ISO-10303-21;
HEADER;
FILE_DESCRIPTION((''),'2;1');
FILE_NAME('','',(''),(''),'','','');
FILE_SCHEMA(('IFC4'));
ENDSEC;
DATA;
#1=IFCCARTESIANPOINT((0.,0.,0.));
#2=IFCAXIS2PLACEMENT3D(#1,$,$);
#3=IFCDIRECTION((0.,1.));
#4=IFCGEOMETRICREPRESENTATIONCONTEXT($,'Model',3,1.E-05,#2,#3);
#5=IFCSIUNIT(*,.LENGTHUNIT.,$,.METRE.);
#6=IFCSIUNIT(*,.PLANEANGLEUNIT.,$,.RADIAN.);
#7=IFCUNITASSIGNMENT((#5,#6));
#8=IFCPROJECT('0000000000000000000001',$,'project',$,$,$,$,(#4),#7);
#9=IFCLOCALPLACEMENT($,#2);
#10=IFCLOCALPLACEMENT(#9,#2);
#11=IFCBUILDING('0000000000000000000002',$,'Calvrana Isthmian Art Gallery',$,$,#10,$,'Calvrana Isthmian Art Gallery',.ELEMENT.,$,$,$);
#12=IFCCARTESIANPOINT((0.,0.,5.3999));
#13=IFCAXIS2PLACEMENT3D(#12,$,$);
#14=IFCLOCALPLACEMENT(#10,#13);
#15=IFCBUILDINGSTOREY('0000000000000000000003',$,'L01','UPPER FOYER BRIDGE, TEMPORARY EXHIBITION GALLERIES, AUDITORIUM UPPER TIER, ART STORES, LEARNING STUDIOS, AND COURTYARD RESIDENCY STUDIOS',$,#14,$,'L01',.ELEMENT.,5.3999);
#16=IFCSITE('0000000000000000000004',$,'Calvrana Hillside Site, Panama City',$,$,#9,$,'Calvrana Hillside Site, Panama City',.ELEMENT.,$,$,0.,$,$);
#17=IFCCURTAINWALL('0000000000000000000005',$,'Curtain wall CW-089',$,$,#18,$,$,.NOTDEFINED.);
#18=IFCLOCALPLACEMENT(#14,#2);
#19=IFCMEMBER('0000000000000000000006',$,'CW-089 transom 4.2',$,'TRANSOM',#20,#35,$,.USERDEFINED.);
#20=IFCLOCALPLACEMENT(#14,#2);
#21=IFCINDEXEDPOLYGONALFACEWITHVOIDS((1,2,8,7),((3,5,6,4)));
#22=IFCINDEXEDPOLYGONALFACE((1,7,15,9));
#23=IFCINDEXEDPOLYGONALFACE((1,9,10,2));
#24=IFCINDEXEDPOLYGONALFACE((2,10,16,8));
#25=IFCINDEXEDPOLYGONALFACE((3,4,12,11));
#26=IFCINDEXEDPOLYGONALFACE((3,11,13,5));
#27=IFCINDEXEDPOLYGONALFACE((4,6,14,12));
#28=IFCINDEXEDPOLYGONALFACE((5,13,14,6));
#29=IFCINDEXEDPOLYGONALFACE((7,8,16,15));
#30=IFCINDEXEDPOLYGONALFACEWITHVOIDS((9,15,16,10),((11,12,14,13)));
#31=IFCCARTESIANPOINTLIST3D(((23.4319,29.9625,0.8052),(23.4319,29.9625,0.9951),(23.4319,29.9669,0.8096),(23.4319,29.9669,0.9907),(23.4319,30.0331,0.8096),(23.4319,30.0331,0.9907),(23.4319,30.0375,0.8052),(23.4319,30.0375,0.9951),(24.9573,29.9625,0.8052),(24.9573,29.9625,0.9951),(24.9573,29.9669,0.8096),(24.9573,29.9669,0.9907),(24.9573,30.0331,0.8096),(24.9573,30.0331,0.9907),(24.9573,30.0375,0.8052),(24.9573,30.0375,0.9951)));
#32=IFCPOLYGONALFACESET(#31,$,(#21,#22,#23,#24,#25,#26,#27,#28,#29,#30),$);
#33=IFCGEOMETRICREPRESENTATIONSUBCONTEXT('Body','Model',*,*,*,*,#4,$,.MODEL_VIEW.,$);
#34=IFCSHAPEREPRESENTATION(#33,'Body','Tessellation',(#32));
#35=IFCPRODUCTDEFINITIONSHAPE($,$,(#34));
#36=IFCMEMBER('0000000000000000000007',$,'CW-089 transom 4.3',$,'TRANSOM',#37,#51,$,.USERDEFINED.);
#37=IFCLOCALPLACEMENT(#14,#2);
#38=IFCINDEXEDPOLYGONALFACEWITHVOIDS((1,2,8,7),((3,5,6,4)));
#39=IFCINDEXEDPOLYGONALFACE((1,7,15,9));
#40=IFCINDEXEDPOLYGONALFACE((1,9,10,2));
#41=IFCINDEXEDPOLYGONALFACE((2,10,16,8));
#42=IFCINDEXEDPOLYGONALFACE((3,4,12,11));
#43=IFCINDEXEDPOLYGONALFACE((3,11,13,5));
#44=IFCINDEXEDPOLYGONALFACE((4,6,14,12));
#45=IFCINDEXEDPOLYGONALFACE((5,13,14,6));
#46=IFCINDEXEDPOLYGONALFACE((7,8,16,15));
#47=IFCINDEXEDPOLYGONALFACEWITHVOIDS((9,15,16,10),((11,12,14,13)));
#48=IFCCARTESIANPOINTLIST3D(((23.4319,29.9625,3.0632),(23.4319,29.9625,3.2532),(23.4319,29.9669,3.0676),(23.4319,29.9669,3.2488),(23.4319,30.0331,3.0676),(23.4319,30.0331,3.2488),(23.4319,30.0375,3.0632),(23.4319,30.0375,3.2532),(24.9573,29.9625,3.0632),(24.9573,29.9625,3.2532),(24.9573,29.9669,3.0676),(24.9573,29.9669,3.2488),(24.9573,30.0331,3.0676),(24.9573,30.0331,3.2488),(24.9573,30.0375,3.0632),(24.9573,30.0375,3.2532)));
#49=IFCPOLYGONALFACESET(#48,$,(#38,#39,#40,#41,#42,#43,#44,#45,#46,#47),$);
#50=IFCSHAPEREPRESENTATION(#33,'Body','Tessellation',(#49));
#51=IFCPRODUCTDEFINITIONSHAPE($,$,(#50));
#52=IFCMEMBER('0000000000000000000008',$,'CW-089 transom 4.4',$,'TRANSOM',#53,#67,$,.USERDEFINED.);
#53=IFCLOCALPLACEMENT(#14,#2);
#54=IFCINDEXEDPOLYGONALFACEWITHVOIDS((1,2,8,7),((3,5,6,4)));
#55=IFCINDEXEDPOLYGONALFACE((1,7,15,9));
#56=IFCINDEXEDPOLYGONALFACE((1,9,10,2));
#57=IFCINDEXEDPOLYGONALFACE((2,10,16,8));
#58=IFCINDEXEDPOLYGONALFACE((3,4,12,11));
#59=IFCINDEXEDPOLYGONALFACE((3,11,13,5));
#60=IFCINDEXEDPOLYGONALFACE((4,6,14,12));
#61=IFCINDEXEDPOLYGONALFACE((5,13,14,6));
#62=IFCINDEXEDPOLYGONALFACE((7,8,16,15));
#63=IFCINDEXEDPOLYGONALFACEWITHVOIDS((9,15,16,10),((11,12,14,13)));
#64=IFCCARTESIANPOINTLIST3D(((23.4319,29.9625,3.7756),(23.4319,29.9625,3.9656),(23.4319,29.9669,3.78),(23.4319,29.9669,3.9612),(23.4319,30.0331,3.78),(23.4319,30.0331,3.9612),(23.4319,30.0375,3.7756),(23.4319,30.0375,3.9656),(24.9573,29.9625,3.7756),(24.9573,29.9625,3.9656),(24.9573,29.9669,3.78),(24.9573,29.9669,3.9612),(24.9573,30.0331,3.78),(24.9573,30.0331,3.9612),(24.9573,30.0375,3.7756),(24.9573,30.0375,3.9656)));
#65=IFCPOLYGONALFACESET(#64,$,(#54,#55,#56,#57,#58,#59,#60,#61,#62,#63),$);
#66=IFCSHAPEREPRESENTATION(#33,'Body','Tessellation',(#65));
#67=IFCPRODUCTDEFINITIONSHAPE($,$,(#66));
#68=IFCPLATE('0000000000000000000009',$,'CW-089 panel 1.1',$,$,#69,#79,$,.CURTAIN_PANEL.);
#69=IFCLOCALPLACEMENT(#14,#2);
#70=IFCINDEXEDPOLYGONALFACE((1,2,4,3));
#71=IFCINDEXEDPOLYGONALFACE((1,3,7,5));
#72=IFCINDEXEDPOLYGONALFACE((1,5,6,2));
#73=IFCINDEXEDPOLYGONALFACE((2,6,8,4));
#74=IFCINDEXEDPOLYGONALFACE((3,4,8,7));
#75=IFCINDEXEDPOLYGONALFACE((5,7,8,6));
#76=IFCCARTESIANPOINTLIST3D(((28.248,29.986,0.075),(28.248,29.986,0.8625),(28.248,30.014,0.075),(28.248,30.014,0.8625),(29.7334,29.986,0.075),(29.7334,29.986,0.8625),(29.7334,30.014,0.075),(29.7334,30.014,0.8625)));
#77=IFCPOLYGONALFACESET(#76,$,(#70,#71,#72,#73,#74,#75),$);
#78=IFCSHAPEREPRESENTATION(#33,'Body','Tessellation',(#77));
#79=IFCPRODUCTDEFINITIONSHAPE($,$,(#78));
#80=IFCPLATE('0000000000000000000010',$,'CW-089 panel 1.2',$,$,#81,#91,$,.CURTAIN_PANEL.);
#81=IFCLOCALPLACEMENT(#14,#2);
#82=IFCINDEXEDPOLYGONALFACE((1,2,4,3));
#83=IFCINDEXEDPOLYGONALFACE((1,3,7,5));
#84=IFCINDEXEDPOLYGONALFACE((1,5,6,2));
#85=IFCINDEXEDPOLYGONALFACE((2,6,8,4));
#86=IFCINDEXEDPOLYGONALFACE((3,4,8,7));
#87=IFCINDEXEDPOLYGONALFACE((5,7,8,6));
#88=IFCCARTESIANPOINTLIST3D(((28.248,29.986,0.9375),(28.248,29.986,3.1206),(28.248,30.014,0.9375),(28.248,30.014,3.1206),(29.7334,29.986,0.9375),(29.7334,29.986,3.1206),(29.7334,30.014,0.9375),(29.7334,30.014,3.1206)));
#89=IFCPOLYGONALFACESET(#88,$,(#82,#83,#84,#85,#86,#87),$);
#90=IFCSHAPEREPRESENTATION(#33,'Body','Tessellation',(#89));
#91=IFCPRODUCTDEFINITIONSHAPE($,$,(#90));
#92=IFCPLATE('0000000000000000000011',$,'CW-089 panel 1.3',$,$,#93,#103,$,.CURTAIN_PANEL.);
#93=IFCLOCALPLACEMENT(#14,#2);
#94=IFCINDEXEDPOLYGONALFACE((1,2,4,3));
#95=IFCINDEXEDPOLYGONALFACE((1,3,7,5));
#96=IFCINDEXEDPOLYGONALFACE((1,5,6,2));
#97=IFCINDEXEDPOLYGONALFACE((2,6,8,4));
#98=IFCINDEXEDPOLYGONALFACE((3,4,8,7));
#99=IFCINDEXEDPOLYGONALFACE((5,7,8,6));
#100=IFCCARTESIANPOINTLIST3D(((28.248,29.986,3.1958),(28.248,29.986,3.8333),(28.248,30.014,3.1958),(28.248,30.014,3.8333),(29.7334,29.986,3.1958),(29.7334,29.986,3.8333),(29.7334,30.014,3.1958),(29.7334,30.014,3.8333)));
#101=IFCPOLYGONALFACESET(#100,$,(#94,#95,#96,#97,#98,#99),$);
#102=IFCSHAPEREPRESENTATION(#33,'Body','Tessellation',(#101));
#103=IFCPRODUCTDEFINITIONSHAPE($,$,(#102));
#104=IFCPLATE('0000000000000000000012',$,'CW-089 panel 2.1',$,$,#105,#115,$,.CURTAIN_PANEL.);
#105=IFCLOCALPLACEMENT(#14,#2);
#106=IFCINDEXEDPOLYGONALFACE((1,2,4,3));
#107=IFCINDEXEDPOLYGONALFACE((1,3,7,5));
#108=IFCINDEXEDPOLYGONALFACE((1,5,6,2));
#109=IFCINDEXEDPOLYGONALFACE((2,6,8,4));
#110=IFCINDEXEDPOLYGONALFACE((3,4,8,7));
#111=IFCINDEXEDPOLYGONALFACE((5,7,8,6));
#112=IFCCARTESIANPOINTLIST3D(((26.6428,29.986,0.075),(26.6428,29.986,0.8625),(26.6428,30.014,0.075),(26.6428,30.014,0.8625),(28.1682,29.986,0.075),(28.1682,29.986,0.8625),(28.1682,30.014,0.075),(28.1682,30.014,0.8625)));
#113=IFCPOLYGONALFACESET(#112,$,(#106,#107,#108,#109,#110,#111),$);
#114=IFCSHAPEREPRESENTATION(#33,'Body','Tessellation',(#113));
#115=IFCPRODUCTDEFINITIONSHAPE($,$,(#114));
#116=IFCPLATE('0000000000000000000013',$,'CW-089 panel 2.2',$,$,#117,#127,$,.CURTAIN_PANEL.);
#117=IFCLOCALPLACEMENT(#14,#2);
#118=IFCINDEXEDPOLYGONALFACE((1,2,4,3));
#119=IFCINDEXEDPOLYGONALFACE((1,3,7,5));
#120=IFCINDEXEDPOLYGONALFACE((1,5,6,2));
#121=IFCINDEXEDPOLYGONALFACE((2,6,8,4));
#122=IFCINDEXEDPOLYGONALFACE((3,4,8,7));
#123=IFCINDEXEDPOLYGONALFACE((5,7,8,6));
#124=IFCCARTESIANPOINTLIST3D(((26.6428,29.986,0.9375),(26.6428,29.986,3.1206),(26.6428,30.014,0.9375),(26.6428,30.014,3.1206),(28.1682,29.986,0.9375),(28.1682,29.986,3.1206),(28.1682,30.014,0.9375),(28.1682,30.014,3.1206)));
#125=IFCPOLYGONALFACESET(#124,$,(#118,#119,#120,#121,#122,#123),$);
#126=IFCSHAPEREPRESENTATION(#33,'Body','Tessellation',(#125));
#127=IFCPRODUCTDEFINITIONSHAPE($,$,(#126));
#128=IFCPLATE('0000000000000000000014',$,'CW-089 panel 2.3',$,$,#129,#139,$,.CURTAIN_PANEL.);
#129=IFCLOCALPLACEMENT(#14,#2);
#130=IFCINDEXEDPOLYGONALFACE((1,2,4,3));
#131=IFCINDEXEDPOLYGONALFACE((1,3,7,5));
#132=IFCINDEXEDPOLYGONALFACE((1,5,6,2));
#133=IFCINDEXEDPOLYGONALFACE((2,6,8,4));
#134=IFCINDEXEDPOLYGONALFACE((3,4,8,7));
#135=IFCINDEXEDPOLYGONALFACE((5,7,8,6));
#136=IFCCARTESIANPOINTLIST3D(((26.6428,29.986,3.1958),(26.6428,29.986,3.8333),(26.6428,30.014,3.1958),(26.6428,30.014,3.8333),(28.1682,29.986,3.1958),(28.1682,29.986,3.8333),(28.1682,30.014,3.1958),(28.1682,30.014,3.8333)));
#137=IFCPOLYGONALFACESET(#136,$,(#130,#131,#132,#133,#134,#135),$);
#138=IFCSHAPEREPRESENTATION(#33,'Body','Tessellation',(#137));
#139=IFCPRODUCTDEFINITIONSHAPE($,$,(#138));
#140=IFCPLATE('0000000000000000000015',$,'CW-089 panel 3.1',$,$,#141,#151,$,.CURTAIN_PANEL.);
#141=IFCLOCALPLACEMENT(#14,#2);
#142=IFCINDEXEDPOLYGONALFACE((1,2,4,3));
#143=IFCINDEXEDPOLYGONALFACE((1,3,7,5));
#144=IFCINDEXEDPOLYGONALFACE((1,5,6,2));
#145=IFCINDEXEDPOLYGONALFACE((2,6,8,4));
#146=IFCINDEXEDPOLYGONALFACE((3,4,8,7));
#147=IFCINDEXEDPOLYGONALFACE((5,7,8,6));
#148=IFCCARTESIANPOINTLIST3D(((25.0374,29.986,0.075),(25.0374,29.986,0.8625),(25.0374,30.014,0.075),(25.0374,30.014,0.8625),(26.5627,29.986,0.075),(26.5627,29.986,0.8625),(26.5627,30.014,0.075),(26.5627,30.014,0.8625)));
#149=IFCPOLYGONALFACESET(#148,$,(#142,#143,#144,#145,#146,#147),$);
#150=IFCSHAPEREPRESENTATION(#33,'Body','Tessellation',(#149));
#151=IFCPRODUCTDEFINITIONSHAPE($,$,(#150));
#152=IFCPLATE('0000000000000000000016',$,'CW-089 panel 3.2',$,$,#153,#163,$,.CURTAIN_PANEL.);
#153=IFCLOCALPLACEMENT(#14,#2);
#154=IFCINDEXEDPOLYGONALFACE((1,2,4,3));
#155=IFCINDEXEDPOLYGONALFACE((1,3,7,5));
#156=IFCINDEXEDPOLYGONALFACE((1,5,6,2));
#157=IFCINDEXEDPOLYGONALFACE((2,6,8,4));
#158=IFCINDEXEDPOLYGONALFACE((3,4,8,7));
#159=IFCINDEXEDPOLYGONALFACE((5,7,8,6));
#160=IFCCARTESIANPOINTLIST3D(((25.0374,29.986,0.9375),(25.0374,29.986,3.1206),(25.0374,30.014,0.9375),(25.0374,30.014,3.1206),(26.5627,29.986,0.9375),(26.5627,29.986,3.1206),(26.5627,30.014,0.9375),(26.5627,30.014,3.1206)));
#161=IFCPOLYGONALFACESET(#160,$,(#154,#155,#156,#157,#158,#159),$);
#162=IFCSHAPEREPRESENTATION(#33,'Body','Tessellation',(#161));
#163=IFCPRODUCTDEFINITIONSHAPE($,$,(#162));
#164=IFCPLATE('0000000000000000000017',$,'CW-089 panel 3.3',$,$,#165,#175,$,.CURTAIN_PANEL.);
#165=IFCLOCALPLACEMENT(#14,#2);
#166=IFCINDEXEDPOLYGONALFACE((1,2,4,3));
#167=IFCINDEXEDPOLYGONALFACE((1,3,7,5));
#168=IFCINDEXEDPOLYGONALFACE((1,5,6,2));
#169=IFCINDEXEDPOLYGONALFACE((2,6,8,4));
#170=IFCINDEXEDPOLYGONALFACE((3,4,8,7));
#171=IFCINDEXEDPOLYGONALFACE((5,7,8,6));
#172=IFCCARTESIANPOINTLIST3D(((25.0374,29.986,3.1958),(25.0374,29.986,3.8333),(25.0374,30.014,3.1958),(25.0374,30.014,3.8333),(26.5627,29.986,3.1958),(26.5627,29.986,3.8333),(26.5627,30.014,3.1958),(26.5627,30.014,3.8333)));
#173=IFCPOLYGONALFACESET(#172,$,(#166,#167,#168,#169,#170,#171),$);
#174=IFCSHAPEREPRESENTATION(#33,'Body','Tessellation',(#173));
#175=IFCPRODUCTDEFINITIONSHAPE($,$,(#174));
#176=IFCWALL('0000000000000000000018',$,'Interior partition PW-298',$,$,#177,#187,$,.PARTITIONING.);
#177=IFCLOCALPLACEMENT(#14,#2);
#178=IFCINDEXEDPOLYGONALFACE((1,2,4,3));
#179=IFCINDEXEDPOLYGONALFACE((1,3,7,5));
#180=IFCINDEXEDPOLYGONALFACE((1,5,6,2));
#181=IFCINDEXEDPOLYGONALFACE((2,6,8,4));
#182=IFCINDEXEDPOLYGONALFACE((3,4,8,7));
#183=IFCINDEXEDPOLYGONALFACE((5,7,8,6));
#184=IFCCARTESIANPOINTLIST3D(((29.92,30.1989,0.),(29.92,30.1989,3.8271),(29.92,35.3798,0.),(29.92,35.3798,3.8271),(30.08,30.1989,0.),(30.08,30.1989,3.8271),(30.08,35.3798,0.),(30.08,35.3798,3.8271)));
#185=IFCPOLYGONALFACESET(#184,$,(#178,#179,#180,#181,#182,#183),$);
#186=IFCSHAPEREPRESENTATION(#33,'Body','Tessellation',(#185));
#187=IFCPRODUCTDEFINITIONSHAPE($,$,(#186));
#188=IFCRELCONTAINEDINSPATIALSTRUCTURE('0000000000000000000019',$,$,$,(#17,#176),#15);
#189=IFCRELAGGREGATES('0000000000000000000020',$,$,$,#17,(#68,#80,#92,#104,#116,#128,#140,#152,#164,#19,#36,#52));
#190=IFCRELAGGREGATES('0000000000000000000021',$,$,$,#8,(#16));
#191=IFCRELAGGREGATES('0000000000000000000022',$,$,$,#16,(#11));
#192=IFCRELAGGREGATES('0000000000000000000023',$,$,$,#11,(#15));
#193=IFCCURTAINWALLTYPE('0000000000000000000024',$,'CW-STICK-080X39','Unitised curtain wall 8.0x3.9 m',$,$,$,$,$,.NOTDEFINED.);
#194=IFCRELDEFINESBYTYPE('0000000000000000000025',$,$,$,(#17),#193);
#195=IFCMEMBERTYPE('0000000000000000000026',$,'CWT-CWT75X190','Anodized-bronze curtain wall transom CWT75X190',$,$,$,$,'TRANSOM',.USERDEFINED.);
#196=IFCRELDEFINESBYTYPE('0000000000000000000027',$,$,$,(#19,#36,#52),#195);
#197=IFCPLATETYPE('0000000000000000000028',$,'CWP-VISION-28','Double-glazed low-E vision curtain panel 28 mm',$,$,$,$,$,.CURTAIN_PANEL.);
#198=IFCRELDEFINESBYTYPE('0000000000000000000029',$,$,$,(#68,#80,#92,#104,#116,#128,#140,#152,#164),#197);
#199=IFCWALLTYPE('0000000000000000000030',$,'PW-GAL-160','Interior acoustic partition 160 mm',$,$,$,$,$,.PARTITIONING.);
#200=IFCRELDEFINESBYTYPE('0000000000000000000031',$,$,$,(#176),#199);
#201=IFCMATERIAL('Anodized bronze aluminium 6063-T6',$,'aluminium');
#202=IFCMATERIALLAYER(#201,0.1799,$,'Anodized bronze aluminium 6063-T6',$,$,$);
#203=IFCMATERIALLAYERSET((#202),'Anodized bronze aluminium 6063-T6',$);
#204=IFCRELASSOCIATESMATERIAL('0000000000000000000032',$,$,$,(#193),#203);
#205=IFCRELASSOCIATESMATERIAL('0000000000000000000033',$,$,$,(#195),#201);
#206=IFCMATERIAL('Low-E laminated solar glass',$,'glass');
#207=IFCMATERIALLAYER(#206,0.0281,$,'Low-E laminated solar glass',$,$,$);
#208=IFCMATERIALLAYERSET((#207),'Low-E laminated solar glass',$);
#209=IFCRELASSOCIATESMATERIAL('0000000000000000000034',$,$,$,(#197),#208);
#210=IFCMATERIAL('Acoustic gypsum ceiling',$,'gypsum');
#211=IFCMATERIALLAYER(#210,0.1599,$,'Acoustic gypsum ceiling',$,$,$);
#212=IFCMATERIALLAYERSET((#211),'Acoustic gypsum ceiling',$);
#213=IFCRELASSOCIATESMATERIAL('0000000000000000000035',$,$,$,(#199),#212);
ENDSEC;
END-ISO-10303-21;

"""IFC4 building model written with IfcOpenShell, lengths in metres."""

from ifc_helpers import new_model, si_unit, direction, frame, frame_2d, origin, origin_2d, place, context, subcontext, project, spatial, rectangle, hollow_rectangle, extrude, material, layer, layer_set, material_profile, profile_set, type_object, element, aggregate, save


model = new_model("IFC4")

# Units and contexts
model_context = context("Model", 3, precision=1e-05, world=origin(), true_north=direction((0.0, 1.0)))
body_context = subcontext(model_context, "Body", "Model", "MODEL_VIEW")
ifc_project = project(units=[si_unit("LENGTHUNIT", "METRE"), si_unit("PLANEANGLEUNIT", "RADIAN")], contexts=[model_context])

# Site, building, storey
site_placement = place(None, origin())
site = spatial("IfcSite", under=ifc_project, at=site_placement, Name="Calvrana Hillside Site, Panama City", LongName="Calvrana Hillside Site, Panama City", CompositionType="ELEMENT", RefElevation=0.0)
building_placement = place(site_placement, origin())
building = spatial("IfcBuilding", under=site, at=building_placement, Name="Calvrana Isthmian Art Gallery", LongName="Calvrana Isthmian Art Gallery", CompositionType="ELEMENT")
storey_placement = place(building_placement, frame((0.0, 0.0, 5.3999)))
storey = spatial("IfcBuildingStorey", under=building, at=storey_placement, Name="L01", Description="UPPER FOYER BRIDGE, TEMPORARY EXHIBITION GALLERIES, AUDITORIUM UPPER TIER, ART STORES, LEARNING STUDIOS, AND COURTYARD RESIDENCY STUDIOS", LongName="L01", CompositionType="ELEMENT", Elevation=5.3999)

# Curtain wall, members, plates
ifc_material_1 = material(Name="Anodized bronze aluminium 6063-T6", Category="aluminium")
ifc_layer_1 = layer(ifc_material_1, 0.1799, Name="Anodized bronze aluminium 6063-T6")
ifc_layer_set_1 = layer_set([ifc_layer_1], Name="Anodized bronze aluminium 6063-T6")
curtain_wall_type = type_object("IfcCurtainWallType", Name="CW-STICK-080X39", Description="Unitised curtain wall 8.0x3.9 m", PredefinedType="NOTDEFINED", material=ifc_layer_set_1)
curtain_wall_placement = place(storey_placement, origin())
curtain_wall = element("IfcCurtainWall", 1, at=curtain_wall_placement, inside=storey, type_object=curtain_wall_type, Name="Curtain wall CW-089", PredefinedType="NOTDEFINED")
ifc_material_profile_1 = material_profile(ifc_material_1, hollow_rectangle(XDim=0.075, YDim=0.1899, WallThickness=0.0044, at=origin_2d()), Name="CWT75X190")
ifc_profile_set_1 = profile_set([ifc_material_profile_1], Name="Anodized bronze aluminium 6063-T6")
member_type_1 = type_object("IfcMemberType", Name="CWT-CWT75X190", Description="Anodized-bronze curtain wall transom CWT75X190", ElementType="TRANSOM", PredefinedType="USERDEFINED", material=ifc_profile_set_1)
member_1_placement = place(storey_placement, frame((24.9573, 30.0, 0.9001), z_axis=(-1.0, 0.0, 0.0), x_axis=(0.0, -1.0, 0.0)))
member_1 = element("IfcMember", 2, at=member_1_placement, type_object=member_type_1, Name="CW-089 transom 4.2", ObjectType="TRANSOM", PredefinedType="USERDEFINED", context=body_context, shape_type="SweptSolid", body=[
    extrude(hollow_rectangle(XDim=0.075, YDim=0.1899, WallThickness=0.0044, at=origin_2d()), origin(), (0.0, 0.0, 1.0), 1.5254),
])
member_2_placement = place(storey_placement, frame((24.9573, 30.0, 3.1582), z_axis=(-1.0, 0.0, 0.0), x_axis=(0.0, -1.0, 0.0)))
member_2 = element("IfcMember", 3, at=member_2_placement, type_object=member_type_1, Name="CW-089 transom 4.3", ObjectType="TRANSOM", PredefinedType="USERDEFINED", context=body_context, shape_type="SweptSolid", body=[
    extrude(hollow_rectangle(XDim=0.075, YDim=0.1899, WallThickness=0.0044, at=origin_2d()), origin(), (0.0, 0.0, 1.0), 1.5254),
])
member_3_placement = place(storey_placement, frame((24.9573, 30.0, 3.8706), z_axis=(-1.0, 0.0, 0.0), x_axis=(0.0, -1.0, 0.0)))
member_3 = element("IfcMember", 4, at=member_3_placement, type_object=member_type_1, Name="CW-089 transom 4.4", ObjectType="TRANSOM", PredefinedType="USERDEFINED", context=body_context, shape_type="SweptSolid", body=[
    extrude(hollow_rectangle(XDim=0.075, YDim=0.1899, WallThickness=0.0044, at=origin_2d()), origin(), (0.0, 0.0, 1.0), 1.5254),
])
ifc_material_2 = material(Name="Low-E laminated solar glass", Category="glass")
ifc_layer_2 = layer(ifc_material_2, 0.0281, Name="Low-E laminated solar glass")
ifc_layer_set_2 = layer_set([ifc_layer_2], Name="Low-E laminated solar glass")
plate_type = type_object("IfcPlateType", Name="CWP-VISION-28", Description="Double-glazed low-E vision curtain panel 28 mm", PredefinedType="CURTAIN_PANEL", material=ifc_layer_set_2)
plate_1_placement = place(storey_placement, frame((28.9907, 30.0, 0.075), z_axis=(0.0, 0.0, 1.0), x_axis=(-1.0, 0.0, 0.0)))
plate_1 = element("IfcPlate", 5, at=plate_1_placement, type_object=plate_type, Name="CW-089 panel 1.1", PredefinedType="CURTAIN_PANEL", context=body_context, shape_type="SweptSolid", body=[
    extrude(rectangle(XDim=1.4854, YDim=0.0281, at=origin_2d()), origin(), (0.0, 0.0, 1.0), 0.7876),
])
plate_2_placement = place(storey_placement, frame((28.9907, 30.0, 0.9375), z_axis=(0.0, 0.0, 1.0), x_axis=(-1.0, 0.0, 0.0)))
plate_2 = element("IfcPlate", 6, at=plate_2_placement, type_object=plate_type, Name="CW-089 panel 1.2", PredefinedType="CURTAIN_PANEL", context=body_context, shape_type="SweptSolid", body=[
    extrude(rectangle(XDim=1.4854, YDim=0.0281, at=origin_2d()), origin(), (0.0, 0.0, 1.0), 2.1831),
])
plate_3_placement = place(storey_placement, frame((28.9907, 30.0, 3.1958), z_axis=(0.0, 0.0, 1.0), x_axis=(-1.0, 0.0, 0.0)))
plate_3 = element("IfcPlate", 7, at=plate_3_placement, type_object=plate_type, Name="CW-089 panel 1.3", PredefinedType="CURTAIN_PANEL", context=body_context, shape_type="SweptSolid", body=[
    extrude(rectangle(XDim=1.4854, YDim=0.0281, at=origin_2d()), origin(), (0.0, 0.0, 1.0), 0.6375),
])
plate_4_placement = place(storey_placement, frame((27.4055, 30.0, 0.075), z_axis=(0.0, 0.0, 1.0), x_axis=(-1.0, 0.0, 0.0)))
plate_4 = element("IfcPlate", 8, at=plate_4_placement, type_object=plate_type, Name="CW-089 panel 2.1", PredefinedType="CURTAIN_PANEL", context=body_context, shape_type="SweptSolid", body=[
    extrude(rectangle(XDim=1.5254, YDim=0.0281, at=origin_2d()), origin(), (0.0, 0.0, 1.0), 0.7876),
])
plate_5_placement = place(storey_placement, frame((27.4055, 30.0, 0.9375), z_axis=(0.0, 0.0, 1.0), x_axis=(-1.0, 0.0, 0.0)))
plate_5 = element("IfcPlate", 9, at=plate_5_placement, type_object=plate_type, Name="CW-089 panel 2.2", PredefinedType="CURTAIN_PANEL", context=body_context, shape_type="SweptSolid", body=[
    extrude(rectangle(XDim=1.5254, YDim=0.0281, at=origin_2d()), origin(), (0.0, 0.0, 1.0), 2.1831),
])
plate_6_placement = place(storey_placement, frame((27.4055, 30.0, 3.1958), z_axis=(0.0, 0.0, 1.0), x_axis=(-1.0, 0.0, 0.0)))
plate_6 = element("IfcPlate", 10, at=plate_6_placement, type_object=plate_type, Name="CW-089 panel 2.3", PredefinedType="CURTAIN_PANEL", context=body_context, shape_type="SweptSolid", body=[
    extrude(rectangle(XDim=1.5254, YDim=0.0281, at=origin_2d()), origin(), (0.0, 0.0, 1.0), 0.6375),
])
plate_7_placement = place(storey_placement, frame((25.8, 30.0, 0.075), z_axis=(0.0, 0.0, 1.0), x_axis=(-1.0, 0.0, 0.0)))
plate_7 = element("IfcPlate", 11, at=plate_7_placement, type_object=plate_type, Name="CW-089 panel 3.1", PredefinedType="CURTAIN_PANEL", context=body_context, shape_type="SweptSolid", body=[
    extrude(rectangle(XDim=1.5254, YDim=0.0281, at=origin_2d()), origin(), (0.0, 0.0, 1.0), 0.7876),
])
plate_8_placement = place(storey_placement, frame((25.8, 30.0, 0.9375), z_axis=(0.0, 0.0, 1.0), x_axis=(-1.0, 0.0, 0.0)))
plate_8 = element("IfcPlate", 12, at=plate_8_placement, type_object=plate_type, Name="CW-089 panel 3.2", PredefinedType="CURTAIN_PANEL", context=body_context, shape_type="SweptSolid", body=[
    extrude(rectangle(XDim=1.5254, YDim=0.0281, at=origin_2d()), origin(), (0.0, 0.0, 1.0), 2.1831),
])
plate_9_placement = place(storey_placement, frame((25.8, 30.0, 3.1958), z_axis=(0.0, 0.0, 1.0), x_axis=(-1.0, 0.0, 0.0)))
plate_9 = element("IfcPlate", 13, at=plate_9_placement, type_object=plate_type, Name="CW-089 panel 3.3", PredefinedType="CURTAIN_PANEL", context=body_context, shape_type="SweptSolid", body=[
    extrude(rectangle(XDim=1.5254, YDim=0.0281, at=origin_2d()), origin(), (0.0, 0.0, 1.0), 0.6375),
])
aggregate(curtain_wall, [plate_1, plate_2, plate_3, plate_4, plate_5, plate_6, plate_7, plate_8, plate_9, member_1, member_2, member_3])

# Wall
ifc_material_3 = material(Name="Acoustic gypsum ceiling", Category="gypsum")
ifc_layer_3 = layer(ifc_material_3, 0.1599, Name="Acoustic gypsum ceiling")
ifc_layer_set_3 = layer_set([ifc_layer_3], Name="Acoustic gypsum ceiling")
wall_type = type_object("IfcWallType", Name="PW-GAL-160", Description="Interior acoustic partition 160 mm", PredefinedType="PARTITIONING", material=ifc_layer_set_3)
wall_placement = place(storey_placement, frame((30.0, 30.199, 0.0), z_axis=(0.0, 0.0, 1.0), x_axis=(0.0, 1.0, 0.0)))
element("IfcWall", 14, at=wall_placement, inside=storey, type_object=wall_type, Name="Interior partition PW-298", PredefinedType="PARTITIONING", context=body_context, shape_type="SweptSolid", body=[
    extrude(rectangle(XDim=5.1809, YDim=0.1599, at=frame_2d((2.5903, 0.0))), origin(), (0.0, 0.0, 1.0), 3.8271),
])

save(model, "model.ifc")
